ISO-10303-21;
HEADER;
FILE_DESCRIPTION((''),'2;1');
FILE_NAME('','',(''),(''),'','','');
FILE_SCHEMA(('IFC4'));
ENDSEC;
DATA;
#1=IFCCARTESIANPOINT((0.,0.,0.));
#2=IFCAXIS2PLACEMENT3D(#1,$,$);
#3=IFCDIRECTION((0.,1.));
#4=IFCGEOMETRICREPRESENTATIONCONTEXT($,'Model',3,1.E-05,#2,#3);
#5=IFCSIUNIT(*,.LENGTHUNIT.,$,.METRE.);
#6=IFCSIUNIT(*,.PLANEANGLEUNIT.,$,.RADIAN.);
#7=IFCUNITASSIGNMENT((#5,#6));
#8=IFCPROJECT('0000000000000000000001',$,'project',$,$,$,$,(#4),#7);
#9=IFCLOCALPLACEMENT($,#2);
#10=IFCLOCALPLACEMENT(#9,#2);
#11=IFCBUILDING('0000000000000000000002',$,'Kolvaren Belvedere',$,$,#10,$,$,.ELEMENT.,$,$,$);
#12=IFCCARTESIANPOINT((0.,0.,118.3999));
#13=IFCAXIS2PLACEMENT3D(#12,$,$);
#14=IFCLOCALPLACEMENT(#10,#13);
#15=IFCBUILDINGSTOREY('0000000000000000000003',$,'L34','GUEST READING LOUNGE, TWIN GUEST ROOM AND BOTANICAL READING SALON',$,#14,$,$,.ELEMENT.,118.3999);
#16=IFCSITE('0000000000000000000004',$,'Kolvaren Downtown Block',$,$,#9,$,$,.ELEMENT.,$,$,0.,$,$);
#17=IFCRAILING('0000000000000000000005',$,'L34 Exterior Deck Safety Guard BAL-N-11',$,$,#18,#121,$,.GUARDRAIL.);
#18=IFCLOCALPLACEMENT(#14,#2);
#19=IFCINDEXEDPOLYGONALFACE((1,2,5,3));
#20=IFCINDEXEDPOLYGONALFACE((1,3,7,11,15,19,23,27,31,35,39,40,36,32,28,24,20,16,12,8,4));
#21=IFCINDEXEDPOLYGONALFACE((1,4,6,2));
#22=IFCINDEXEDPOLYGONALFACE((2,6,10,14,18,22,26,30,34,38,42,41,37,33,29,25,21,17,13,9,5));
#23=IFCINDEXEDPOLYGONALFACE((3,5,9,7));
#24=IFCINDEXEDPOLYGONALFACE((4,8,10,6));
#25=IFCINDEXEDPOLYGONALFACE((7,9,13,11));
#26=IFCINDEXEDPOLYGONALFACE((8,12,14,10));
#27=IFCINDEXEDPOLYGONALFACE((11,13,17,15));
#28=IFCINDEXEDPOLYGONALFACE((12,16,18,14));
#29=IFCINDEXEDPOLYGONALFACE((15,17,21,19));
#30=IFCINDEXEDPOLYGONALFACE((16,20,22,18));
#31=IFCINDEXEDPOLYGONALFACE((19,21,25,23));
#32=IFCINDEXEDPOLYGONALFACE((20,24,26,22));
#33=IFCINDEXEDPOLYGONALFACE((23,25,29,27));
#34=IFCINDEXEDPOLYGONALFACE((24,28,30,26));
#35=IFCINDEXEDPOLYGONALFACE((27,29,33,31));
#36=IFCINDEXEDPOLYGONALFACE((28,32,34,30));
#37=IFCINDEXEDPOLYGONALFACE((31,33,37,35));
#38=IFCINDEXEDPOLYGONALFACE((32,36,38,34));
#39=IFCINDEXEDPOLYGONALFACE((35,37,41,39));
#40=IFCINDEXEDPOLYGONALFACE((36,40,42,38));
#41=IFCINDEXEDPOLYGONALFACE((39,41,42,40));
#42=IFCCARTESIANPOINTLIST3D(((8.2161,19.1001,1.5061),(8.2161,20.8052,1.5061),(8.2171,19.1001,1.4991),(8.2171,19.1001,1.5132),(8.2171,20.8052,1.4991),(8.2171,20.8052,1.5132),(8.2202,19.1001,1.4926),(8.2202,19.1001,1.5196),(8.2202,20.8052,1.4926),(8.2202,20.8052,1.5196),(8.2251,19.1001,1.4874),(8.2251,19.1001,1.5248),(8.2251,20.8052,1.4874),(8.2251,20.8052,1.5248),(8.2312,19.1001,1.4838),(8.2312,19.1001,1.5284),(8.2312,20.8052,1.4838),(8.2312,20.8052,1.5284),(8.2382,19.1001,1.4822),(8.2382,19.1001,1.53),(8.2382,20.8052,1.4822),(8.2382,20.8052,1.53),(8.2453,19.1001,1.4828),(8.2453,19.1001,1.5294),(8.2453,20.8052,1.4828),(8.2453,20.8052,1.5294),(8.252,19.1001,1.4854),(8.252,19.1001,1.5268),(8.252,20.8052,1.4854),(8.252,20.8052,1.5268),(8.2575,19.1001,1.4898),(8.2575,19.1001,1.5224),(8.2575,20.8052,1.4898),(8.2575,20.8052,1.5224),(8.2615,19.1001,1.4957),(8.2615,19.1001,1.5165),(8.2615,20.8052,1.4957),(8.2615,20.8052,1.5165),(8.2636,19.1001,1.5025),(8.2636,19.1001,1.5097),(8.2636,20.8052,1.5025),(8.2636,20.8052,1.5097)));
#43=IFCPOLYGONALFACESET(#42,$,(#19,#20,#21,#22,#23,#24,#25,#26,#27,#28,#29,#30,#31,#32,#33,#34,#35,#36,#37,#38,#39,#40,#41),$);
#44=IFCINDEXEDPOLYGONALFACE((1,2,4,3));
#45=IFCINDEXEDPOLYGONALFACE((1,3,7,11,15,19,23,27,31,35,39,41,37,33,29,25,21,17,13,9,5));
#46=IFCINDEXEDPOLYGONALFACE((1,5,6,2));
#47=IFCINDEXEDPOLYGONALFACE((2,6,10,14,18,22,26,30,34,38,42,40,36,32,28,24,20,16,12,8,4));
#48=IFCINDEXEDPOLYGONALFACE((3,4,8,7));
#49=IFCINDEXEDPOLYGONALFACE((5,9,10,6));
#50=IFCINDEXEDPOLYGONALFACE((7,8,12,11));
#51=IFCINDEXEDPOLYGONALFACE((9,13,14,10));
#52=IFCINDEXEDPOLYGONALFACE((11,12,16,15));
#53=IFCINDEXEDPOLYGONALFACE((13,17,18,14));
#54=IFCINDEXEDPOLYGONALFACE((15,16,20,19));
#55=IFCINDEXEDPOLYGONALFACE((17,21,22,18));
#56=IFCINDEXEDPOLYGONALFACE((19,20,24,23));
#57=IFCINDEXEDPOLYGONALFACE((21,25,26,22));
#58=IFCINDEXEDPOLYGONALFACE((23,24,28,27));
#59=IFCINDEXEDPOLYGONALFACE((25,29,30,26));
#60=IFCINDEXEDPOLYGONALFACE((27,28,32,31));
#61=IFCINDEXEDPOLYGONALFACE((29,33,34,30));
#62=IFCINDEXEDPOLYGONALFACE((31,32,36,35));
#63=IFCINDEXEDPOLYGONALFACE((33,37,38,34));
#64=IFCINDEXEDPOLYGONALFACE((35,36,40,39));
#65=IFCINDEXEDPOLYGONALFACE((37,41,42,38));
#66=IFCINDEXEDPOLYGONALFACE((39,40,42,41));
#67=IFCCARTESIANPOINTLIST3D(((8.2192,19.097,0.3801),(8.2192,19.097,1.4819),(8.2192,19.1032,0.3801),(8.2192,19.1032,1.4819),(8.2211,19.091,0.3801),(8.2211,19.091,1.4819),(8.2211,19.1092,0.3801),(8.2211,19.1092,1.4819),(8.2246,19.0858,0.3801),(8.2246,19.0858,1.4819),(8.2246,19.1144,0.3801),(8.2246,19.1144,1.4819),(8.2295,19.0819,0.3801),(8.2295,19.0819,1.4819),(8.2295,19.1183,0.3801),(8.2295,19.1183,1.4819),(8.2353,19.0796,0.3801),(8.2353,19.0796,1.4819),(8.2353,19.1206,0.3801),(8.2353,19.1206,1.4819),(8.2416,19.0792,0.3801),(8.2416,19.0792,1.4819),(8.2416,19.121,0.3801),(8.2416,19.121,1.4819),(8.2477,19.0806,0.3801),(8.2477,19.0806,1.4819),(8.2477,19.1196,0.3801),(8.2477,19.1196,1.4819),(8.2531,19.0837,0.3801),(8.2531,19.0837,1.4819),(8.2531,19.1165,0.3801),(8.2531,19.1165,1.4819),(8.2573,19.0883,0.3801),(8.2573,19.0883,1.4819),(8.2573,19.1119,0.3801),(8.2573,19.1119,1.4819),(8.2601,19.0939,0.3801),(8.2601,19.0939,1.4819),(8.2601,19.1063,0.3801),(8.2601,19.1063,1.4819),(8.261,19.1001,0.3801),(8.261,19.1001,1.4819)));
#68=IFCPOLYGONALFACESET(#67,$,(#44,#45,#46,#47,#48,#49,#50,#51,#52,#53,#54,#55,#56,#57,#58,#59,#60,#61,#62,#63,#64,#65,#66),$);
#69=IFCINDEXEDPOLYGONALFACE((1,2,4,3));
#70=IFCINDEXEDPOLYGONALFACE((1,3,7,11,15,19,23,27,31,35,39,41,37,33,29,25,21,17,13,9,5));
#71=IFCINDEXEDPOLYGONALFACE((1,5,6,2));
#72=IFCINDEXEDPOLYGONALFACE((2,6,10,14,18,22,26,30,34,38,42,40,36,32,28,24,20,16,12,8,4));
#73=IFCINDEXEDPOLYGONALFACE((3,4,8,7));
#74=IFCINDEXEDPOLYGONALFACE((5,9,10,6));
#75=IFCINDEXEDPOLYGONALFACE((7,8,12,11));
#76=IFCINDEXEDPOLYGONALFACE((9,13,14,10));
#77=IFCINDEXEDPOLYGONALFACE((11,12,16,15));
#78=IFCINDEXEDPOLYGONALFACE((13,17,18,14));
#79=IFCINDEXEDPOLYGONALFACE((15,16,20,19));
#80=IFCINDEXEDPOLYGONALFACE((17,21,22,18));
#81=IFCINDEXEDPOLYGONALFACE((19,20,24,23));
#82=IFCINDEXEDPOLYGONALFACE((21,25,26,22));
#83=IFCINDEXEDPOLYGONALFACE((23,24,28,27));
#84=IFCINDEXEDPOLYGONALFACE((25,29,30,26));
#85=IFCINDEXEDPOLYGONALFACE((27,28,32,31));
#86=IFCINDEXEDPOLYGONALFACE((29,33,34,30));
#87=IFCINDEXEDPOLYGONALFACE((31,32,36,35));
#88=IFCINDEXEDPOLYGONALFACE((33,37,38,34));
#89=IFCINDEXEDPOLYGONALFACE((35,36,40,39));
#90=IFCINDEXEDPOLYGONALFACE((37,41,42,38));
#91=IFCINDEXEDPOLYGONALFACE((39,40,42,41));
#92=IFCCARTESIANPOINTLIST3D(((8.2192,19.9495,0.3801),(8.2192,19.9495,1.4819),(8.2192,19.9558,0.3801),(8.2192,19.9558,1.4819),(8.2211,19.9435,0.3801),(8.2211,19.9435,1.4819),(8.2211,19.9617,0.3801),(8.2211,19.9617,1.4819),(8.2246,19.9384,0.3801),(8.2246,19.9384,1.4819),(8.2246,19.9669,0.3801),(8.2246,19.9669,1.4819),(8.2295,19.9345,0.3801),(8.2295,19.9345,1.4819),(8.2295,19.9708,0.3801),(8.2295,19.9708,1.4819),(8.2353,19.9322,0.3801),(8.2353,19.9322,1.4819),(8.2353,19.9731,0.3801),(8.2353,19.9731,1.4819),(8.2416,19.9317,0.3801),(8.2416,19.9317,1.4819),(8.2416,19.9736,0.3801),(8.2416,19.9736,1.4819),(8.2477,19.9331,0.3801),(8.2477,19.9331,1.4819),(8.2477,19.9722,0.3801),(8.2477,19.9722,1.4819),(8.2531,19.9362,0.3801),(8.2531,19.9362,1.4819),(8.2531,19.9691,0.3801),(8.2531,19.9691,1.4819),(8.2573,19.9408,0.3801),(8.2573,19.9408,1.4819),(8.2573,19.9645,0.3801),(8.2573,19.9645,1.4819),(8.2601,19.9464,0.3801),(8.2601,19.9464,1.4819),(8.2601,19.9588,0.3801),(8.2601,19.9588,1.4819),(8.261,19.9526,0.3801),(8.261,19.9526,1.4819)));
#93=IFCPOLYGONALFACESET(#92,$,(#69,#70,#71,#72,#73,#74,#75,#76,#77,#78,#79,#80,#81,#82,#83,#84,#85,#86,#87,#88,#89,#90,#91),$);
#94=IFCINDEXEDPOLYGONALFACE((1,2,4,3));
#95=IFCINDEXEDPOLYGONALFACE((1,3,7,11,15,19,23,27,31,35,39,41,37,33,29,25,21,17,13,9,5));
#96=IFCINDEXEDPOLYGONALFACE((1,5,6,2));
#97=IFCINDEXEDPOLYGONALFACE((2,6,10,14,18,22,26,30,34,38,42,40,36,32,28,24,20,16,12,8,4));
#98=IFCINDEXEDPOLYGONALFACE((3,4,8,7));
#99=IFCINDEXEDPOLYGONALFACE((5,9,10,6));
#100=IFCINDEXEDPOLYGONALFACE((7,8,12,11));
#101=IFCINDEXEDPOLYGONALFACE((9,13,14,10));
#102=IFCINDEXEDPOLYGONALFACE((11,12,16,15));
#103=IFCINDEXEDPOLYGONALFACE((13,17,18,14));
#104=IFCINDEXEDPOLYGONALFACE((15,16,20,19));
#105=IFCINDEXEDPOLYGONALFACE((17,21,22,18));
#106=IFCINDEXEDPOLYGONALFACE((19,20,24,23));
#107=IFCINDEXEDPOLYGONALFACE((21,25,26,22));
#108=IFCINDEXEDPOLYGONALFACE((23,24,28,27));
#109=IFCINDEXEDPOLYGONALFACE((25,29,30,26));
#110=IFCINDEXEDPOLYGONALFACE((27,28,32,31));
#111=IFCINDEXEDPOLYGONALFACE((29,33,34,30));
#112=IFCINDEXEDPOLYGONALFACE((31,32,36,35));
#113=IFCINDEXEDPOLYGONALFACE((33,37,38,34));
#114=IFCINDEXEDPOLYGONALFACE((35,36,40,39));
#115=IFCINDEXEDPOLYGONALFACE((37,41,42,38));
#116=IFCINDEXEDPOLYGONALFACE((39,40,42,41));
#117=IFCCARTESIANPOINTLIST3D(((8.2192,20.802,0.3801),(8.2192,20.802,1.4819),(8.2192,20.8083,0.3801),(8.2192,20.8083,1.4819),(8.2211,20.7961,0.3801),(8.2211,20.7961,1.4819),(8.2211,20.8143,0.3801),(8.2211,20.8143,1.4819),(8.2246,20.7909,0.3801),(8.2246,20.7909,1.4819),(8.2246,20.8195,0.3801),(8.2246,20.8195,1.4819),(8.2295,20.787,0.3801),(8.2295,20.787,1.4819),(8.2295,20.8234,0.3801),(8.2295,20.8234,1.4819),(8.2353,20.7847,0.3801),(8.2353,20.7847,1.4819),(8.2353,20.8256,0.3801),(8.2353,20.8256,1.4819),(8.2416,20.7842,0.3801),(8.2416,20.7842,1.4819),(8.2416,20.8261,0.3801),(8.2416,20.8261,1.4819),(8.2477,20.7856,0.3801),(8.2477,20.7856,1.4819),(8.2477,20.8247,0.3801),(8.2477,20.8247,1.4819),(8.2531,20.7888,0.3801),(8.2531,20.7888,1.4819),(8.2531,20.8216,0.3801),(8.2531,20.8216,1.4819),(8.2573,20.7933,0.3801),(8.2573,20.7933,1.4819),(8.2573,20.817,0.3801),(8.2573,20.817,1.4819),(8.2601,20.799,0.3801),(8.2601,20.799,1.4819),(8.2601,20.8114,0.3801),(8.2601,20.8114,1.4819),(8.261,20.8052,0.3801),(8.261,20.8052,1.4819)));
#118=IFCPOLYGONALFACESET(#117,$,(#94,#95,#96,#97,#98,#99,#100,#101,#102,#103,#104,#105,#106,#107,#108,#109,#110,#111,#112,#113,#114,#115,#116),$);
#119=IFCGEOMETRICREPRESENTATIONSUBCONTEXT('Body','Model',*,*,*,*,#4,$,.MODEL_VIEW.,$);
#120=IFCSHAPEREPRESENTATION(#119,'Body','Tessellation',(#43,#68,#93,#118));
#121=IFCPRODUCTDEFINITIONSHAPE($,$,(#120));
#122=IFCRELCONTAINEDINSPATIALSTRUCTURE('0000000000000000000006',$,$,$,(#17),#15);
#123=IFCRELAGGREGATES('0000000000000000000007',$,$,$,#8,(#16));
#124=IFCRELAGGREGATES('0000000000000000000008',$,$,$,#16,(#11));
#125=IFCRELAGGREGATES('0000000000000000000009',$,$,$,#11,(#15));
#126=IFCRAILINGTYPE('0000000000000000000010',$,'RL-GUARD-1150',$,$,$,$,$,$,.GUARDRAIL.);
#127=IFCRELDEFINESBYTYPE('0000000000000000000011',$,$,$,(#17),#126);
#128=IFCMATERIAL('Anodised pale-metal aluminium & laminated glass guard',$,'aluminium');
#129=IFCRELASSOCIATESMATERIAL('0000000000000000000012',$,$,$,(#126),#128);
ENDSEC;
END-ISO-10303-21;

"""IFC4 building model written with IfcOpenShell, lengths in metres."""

from ifc_helpers import new_model, si_unit, direction, frame, origin, origin_2d, place, context, subcontext, project, spatial, circle, extrude, material, type_object, element, save


model = new_model("IFC4")

# Units and contexts
model_context = context("Model", 3, precision=1e-05, world=origin(), true_north=direction((0.0, 1.0)))
body_context = subcontext(model_context, "Body", "Model", "MODEL_VIEW")
ifc_project = project(units=[si_unit("LENGTHUNIT", "METRE"), si_unit("PLANEANGLEUNIT", "RADIAN")], contexts=[model_context])

# Site, building, storey
site_placement = place(None, origin())
site = spatial("IfcSite", under=ifc_project, at=site_placement, Name="Kolvaren Downtown Block", CompositionType="ELEMENT", RefElevation=0.0)
building_placement = place(site_placement, origin())
building = spatial("IfcBuilding", under=site, at=building_placement, Name="Kolvaren Belvedere", CompositionType="ELEMENT")
storey_placement = place(building_placement, frame((0.0, 0.0, 118.3999)))
storey = spatial("IfcBuildingStorey", under=building, at=storey_placement, Name="L34", Description="GUEST READING LOUNGE, TWIN GUEST ROOM AND BOTANICAL READING SALON", CompositionType="ELEMENT", Elevation=118.3999)

# Railing
ifc_material_1 = material(Name="Anodised pale-metal aluminium & laminated glass guard", Category="aluminium")
railing_type = type_object("IfcRailingType", Name="RL-GUARD-1150", PredefinedType="GUARDRAIL", material=ifc_material_1)
railing_1_placement = place(storey_placement, frame((8.24, 19.1001, 0.3801)))
element("IfcRailing", 1, at=railing_1_placement, inside=storey, type_object=railing_type, Name="L34 Exterior Deck Safety Guard BAL-N-11", PredefinedType="GUARDRAIL", context=body_context, shape_type="SweptSolid", body=[
    extrude(circle(Radius=0.0239, at=origin_2d()), frame((0.0, 0.0, 1.126), z_axis=(0.0, 1.0, 0.0), x_axis=(-1.0, 0.0, 0.0)), (0.0, 0.0, 1.0), 1.7051),
    extrude(circle(Radius=0.021, at=origin_2d()), origin(), (0.0, 0.0, 1.0), 1.1018),
    extrude(circle(Radius=0.021, at=origin_2d()), frame((0.0, 0.8525, 0.0)), (0.0, 0.0, 1.0), 1.1018),
    extrude(circle(Radius=0.021, at=origin_2d()), frame((0.0, 1.7051, 0.0)), (0.0, 0.0, 1.0), 1.1018),
])

save(model, "model.ifc")
